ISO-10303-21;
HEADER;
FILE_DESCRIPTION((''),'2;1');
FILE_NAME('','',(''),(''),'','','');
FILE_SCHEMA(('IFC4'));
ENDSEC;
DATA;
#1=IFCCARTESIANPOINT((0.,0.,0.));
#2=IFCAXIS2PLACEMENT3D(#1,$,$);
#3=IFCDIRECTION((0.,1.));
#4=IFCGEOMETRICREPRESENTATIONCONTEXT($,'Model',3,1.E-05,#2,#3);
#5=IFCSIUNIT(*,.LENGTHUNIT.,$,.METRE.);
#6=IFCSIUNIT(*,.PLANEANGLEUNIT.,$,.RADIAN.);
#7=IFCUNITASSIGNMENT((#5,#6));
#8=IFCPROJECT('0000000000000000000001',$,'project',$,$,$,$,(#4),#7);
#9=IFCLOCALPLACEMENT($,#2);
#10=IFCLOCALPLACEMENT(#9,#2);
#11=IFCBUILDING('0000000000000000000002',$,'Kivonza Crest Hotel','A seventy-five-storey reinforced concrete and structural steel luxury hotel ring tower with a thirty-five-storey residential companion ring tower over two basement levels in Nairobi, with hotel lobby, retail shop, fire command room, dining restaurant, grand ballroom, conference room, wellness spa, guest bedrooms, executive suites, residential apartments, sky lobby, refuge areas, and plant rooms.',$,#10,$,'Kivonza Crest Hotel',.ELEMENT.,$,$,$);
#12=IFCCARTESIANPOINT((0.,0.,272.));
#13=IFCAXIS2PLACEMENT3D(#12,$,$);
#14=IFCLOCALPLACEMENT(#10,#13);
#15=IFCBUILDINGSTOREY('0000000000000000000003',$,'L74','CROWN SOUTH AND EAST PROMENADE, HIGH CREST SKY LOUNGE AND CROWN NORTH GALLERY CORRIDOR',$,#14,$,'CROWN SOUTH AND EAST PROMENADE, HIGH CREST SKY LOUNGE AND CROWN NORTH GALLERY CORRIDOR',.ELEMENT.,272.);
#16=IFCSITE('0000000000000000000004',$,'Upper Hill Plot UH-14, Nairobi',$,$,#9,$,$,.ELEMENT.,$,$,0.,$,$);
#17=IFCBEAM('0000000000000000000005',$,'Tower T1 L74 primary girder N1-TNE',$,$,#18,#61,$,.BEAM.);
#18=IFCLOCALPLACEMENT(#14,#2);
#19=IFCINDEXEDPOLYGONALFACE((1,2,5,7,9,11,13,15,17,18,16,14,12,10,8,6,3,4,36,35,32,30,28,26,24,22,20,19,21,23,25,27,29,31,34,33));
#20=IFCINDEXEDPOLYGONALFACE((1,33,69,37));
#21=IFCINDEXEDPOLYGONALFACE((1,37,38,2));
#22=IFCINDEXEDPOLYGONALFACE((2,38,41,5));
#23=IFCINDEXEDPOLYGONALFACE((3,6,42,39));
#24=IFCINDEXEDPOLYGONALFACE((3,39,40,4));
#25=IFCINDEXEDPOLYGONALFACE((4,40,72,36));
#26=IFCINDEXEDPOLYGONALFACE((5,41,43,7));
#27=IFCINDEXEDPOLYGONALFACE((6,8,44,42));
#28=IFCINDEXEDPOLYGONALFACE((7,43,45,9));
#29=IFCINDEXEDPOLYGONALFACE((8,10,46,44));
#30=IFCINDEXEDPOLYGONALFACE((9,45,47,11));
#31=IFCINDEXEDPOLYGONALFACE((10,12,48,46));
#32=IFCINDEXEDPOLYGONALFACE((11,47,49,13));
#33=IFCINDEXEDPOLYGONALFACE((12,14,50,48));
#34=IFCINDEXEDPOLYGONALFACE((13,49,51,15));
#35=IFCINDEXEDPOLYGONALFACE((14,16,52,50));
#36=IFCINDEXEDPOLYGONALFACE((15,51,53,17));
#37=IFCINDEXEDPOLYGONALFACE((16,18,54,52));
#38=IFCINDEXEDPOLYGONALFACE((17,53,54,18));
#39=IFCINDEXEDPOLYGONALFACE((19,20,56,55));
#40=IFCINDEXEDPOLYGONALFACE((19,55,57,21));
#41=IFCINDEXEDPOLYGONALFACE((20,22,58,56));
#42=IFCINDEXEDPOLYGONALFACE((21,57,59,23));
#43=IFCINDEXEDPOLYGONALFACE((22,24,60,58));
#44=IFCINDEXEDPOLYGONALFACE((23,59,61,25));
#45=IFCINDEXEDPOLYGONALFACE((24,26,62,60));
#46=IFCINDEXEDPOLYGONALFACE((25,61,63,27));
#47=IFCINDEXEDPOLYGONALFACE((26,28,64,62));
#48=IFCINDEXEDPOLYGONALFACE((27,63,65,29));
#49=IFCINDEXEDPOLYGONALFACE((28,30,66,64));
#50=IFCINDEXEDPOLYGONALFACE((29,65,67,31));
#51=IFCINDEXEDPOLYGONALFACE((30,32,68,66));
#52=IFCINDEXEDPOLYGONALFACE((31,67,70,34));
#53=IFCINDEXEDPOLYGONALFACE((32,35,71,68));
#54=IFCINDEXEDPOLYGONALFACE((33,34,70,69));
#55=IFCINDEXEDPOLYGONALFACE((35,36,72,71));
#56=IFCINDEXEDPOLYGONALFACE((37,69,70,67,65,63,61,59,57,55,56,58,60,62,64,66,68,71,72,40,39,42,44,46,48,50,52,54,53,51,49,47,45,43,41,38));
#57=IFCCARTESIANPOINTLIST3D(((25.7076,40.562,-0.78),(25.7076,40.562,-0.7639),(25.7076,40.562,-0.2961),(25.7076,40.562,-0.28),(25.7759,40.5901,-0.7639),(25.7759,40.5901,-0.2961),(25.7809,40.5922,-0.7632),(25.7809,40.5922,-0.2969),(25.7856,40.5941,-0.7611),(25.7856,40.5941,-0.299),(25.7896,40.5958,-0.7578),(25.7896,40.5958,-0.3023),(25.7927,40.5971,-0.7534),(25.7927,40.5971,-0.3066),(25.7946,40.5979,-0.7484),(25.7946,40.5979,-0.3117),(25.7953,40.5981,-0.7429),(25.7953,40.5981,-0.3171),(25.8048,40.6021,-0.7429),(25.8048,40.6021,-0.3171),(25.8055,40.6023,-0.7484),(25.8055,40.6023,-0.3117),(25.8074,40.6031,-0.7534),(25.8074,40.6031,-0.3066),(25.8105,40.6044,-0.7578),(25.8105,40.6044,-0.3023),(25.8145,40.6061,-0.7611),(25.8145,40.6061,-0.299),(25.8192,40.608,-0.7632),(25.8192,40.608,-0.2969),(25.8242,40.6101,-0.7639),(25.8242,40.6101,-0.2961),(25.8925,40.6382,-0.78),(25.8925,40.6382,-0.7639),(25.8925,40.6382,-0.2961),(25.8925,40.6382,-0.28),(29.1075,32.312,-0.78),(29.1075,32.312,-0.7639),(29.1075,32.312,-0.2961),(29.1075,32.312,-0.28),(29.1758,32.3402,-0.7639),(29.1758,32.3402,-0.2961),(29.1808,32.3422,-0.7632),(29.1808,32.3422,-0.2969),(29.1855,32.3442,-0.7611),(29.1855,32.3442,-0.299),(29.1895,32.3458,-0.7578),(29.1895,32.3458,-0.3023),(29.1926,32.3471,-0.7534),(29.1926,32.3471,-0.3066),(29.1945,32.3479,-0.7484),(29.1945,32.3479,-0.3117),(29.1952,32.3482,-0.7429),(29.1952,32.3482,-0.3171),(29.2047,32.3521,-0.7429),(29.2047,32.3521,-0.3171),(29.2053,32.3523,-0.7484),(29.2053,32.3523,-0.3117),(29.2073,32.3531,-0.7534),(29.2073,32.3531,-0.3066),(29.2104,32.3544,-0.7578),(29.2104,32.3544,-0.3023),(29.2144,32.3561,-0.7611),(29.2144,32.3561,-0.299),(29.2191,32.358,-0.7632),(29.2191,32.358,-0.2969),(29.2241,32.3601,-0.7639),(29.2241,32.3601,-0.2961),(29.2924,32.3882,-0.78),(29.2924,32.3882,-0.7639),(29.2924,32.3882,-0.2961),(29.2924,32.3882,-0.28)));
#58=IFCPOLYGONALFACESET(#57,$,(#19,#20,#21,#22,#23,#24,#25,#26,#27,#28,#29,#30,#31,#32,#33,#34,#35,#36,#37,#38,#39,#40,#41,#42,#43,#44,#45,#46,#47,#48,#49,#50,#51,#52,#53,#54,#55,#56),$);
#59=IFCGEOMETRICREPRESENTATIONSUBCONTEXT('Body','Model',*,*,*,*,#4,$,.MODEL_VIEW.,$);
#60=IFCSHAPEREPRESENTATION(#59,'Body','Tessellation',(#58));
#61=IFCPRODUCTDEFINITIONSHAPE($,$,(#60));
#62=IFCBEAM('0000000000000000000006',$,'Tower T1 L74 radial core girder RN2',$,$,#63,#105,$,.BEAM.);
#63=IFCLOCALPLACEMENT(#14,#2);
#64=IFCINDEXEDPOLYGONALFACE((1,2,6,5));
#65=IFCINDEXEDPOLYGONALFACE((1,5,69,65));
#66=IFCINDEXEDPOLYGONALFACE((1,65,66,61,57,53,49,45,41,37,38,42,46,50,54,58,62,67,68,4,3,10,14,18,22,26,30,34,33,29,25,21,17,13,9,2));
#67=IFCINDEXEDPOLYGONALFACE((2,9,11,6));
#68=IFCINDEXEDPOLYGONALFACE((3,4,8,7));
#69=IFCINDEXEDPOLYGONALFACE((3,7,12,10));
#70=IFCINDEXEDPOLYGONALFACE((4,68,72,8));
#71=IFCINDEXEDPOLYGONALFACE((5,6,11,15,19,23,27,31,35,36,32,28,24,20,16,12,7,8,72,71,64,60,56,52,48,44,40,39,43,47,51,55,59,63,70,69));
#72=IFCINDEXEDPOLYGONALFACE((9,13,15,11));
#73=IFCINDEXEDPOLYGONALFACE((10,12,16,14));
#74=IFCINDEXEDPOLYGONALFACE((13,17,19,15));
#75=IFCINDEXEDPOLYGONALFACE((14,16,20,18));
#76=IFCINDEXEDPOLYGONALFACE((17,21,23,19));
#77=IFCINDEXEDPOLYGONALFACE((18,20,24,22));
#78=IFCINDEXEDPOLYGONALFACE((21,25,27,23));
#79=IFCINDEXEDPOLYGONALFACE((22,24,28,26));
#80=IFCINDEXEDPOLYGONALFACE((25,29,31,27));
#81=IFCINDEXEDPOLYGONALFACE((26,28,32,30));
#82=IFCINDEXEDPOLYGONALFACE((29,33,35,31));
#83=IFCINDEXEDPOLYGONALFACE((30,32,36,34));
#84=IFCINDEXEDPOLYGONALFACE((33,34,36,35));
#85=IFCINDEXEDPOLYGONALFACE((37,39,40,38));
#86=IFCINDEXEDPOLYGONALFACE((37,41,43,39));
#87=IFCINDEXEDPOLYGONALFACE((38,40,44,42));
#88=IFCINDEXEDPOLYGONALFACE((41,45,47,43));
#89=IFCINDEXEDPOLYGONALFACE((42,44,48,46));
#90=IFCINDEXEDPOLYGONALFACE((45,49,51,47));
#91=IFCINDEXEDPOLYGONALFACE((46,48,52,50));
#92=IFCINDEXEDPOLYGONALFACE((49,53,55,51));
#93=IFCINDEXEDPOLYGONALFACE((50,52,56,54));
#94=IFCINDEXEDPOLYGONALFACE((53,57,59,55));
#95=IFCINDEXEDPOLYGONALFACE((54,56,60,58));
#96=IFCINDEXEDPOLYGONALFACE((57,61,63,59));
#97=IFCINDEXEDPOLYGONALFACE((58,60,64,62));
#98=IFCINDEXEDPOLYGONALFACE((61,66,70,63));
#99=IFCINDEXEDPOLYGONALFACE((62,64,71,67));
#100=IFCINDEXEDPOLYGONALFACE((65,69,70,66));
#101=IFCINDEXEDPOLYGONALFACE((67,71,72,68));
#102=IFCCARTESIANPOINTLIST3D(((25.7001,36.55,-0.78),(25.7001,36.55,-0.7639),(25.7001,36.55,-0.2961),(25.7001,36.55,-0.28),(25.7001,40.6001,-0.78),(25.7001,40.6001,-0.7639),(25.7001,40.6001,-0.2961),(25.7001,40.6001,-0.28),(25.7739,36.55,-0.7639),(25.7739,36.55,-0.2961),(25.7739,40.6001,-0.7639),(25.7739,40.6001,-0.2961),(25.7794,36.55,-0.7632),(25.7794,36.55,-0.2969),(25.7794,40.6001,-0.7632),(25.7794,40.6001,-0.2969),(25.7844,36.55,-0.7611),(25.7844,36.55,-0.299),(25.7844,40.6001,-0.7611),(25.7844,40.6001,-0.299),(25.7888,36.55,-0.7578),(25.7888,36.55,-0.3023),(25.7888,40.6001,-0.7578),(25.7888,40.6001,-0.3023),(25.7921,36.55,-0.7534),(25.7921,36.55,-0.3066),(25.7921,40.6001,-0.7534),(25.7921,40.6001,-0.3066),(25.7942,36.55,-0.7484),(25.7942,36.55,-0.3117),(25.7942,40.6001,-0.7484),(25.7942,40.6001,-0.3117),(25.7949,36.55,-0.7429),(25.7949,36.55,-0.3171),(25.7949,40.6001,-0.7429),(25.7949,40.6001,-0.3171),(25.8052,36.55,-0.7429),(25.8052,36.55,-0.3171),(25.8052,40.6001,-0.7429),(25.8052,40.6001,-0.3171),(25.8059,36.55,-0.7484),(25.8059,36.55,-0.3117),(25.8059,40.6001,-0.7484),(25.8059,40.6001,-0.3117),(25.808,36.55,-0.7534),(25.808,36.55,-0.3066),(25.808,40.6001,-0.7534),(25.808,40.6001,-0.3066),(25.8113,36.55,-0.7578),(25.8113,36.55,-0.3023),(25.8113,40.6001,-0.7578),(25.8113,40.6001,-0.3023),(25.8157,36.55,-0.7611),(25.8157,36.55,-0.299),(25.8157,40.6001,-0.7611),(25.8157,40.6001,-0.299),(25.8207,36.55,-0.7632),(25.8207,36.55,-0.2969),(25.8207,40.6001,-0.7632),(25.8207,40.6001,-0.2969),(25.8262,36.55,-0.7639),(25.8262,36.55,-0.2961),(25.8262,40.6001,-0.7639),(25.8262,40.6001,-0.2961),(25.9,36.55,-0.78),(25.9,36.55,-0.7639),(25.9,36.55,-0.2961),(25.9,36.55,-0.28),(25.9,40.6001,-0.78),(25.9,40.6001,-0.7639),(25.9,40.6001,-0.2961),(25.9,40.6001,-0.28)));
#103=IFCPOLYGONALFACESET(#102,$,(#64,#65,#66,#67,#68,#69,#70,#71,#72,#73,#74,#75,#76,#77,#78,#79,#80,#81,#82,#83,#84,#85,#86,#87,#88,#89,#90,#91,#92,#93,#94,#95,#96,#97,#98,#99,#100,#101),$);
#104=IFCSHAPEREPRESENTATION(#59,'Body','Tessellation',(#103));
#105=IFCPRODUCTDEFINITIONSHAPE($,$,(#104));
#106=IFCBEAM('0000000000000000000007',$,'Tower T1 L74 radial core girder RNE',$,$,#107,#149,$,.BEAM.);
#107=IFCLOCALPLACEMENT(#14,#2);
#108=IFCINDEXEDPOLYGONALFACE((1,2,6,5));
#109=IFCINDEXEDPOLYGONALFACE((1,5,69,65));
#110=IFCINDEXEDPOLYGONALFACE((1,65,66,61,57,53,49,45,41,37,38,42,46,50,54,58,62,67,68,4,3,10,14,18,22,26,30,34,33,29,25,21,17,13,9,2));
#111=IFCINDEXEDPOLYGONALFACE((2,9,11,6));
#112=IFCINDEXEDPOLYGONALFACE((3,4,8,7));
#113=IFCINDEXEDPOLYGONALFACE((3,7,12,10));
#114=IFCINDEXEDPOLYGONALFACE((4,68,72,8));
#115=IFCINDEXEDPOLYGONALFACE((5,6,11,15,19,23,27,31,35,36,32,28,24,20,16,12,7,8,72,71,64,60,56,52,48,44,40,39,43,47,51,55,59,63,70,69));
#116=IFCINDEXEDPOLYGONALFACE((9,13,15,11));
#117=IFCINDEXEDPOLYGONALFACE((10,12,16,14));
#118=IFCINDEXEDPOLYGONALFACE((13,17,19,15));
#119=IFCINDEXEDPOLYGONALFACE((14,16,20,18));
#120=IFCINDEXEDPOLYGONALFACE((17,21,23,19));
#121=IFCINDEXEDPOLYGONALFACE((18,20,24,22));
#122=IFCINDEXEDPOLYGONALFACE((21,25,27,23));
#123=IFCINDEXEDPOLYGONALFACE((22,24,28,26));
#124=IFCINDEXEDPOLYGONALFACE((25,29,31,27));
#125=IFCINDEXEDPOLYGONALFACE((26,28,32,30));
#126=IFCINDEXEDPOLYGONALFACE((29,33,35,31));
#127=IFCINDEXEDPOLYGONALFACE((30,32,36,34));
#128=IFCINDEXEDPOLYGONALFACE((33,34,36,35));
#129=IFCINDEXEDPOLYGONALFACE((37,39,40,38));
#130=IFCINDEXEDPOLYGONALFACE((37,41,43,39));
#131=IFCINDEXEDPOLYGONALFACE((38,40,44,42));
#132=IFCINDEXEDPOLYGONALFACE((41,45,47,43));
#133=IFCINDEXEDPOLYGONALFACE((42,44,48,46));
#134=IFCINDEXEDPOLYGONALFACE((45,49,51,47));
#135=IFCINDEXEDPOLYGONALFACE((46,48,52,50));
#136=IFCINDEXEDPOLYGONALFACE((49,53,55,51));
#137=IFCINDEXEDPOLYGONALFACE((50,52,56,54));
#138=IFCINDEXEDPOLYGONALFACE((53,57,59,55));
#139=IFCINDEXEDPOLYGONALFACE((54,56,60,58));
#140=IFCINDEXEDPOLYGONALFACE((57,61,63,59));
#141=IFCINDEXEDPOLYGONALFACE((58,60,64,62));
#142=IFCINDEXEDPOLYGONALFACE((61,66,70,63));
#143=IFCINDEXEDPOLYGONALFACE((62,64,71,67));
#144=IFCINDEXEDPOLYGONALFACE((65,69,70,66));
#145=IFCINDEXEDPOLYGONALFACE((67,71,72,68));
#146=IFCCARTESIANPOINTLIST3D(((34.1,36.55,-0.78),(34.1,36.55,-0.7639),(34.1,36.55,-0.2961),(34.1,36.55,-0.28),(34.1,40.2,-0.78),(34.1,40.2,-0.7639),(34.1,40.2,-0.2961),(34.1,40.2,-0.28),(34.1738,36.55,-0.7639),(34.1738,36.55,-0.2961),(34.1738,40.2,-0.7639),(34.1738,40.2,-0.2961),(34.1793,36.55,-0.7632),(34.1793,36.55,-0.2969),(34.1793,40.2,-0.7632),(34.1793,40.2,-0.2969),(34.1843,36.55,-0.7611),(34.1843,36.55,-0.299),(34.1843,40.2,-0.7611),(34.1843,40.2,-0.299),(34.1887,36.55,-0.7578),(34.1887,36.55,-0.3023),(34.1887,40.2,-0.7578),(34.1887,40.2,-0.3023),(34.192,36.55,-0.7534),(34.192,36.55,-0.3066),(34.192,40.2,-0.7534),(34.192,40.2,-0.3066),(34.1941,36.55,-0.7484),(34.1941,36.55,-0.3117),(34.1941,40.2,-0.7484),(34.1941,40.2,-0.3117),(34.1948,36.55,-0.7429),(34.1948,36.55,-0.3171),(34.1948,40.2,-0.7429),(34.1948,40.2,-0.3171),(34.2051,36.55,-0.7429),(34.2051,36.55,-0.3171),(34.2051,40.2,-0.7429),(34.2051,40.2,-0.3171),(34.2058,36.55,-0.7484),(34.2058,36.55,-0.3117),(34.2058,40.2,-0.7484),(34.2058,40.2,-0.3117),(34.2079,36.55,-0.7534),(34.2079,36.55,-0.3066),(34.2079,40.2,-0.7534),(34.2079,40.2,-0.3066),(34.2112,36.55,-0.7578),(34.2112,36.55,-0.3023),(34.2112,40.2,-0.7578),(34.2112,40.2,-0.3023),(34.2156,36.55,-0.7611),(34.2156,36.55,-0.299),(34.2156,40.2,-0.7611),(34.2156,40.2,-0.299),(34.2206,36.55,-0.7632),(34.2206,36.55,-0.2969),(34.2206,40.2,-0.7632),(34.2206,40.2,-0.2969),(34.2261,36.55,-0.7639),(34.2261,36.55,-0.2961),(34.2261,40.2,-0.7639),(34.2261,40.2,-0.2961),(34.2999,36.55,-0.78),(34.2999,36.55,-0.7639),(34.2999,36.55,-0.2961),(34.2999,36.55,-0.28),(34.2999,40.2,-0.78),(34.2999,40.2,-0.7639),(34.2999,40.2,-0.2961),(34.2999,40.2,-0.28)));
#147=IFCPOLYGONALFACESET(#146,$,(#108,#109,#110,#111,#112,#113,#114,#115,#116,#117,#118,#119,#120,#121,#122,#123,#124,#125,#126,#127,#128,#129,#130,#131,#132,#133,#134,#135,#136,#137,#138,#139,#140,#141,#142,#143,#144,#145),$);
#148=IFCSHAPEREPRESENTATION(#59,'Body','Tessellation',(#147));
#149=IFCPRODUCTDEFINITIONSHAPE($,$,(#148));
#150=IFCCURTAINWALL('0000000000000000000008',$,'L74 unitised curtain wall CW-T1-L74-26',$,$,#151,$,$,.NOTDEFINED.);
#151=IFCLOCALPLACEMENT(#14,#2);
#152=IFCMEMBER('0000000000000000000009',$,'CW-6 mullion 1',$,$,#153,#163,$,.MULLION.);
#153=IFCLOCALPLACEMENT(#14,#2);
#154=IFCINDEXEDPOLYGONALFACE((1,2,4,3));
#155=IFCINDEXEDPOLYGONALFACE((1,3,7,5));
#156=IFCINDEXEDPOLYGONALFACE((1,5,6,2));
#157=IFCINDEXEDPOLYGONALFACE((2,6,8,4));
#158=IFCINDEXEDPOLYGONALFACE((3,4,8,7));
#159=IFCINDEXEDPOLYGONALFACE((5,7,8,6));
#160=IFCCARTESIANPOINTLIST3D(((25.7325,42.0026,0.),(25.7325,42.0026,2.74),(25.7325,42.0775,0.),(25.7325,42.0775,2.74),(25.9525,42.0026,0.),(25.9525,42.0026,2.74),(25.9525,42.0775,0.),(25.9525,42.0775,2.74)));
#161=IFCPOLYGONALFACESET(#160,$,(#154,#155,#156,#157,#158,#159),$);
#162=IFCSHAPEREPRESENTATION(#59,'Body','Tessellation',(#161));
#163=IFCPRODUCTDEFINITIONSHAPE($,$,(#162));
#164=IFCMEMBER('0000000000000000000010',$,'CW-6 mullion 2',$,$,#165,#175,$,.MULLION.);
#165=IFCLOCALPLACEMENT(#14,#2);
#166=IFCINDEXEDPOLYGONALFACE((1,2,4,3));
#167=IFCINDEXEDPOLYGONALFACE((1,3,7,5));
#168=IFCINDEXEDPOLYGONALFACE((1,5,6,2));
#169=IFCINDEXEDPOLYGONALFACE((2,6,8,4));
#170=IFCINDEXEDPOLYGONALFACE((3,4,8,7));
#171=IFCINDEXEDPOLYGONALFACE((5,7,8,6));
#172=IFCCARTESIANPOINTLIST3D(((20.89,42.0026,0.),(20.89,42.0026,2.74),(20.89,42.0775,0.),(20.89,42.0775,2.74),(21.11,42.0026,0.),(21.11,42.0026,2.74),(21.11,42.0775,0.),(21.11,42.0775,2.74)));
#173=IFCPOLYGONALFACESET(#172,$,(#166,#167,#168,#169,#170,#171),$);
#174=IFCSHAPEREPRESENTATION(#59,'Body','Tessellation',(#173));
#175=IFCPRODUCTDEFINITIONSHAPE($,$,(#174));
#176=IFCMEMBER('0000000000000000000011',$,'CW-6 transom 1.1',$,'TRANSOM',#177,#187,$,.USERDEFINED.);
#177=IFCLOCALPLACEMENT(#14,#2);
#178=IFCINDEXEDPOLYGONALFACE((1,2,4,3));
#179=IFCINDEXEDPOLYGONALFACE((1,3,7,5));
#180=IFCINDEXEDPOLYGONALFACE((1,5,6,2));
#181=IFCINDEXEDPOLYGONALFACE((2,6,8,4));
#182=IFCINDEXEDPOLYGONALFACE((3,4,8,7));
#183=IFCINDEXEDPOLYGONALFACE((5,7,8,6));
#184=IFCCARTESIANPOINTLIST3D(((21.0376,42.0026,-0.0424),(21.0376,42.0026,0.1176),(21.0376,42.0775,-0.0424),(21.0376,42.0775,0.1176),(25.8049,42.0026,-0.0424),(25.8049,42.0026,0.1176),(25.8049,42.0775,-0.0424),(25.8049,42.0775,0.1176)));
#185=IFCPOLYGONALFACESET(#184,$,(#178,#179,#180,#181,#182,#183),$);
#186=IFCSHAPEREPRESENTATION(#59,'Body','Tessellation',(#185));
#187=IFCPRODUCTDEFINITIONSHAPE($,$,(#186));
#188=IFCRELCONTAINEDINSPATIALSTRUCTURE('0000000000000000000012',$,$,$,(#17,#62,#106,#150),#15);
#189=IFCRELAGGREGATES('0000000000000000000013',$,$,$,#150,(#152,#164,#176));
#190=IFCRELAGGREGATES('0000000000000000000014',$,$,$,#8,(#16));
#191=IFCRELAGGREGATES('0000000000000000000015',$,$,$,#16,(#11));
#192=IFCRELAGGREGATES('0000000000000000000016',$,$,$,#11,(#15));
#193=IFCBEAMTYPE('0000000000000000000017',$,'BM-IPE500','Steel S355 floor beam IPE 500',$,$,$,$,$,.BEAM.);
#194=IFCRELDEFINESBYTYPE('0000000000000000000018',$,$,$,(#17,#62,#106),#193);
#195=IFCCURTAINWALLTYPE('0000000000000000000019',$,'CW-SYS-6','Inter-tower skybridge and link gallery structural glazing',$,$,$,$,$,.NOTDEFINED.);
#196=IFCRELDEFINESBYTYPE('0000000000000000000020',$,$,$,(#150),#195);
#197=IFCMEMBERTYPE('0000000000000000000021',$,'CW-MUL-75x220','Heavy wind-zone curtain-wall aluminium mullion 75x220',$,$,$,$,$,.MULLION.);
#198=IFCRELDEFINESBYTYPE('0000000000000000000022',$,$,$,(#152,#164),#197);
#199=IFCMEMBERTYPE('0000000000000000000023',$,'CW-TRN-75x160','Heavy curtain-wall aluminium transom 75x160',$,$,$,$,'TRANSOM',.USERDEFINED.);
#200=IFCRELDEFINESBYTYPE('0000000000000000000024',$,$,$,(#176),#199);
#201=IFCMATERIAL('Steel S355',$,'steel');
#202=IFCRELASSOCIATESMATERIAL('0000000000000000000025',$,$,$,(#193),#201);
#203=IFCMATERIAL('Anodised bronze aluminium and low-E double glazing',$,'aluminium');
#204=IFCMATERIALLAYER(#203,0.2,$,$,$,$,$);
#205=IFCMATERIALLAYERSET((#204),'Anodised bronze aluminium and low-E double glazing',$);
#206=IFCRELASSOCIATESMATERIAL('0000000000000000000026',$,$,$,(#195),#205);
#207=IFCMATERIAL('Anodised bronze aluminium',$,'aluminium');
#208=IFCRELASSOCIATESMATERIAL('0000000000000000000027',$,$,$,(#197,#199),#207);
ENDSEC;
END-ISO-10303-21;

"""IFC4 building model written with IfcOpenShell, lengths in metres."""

from ifc_helpers import new_model, si_unit, direction, frame, origin, origin_2d, place, context, subcontext, project, spatial, rectangle, i_section, extrude, material, layer, layer_set, material_profile, profile_set, type_object, element, aggregate, save


model = new_model("IFC4")

# Units and contexts
model_context = context("Model", 3, precision=1e-05, world=origin(), true_north=direction((0.0, 1.0)))
body_context = subcontext(model_context, "Body", "Model", "MODEL_VIEW")
ifc_project = project(units=[si_unit("LENGTHUNIT", "METRE"), si_unit("PLANEANGLEUNIT", "RADIAN")], contexts=[model_context])

# Site, building, storey
site_placement = place(None, origin())
site = spatial("IfcSite", under=ifc_project, at=site_placement, Name="Upper Hill Plot UH-14, Nairobi", CompositionType="ELEMENT", RefElevation=0.0)
building_placement = place(site_placement, origin())
building = spatial("IfcBuilding", under=site, at=building_placement, Name="Kivonza Crest Hotel", Description="A seventy-five-storey reinforced concrete and structural steel luxury hotel ring tower with a thirty-five-storey residential companion ring tower over two basement levels in Nairobi, with hotel lobby, retail shop, fire command room, dining restaurant, grand ballroom, conference room, wellness spa, guest bedrooms, executive suites, residential apartments, sky lobby, refuge areas, and plant rooms.", LongName="Kivonza Crest Hotel", CompositionType="ELEMENT")
storey_placement = place(building_placement, frame((0.0, 0.0, 272.0)))
storey = spatial("IfcBuildingStorey", under=building, at=storey_placement, Name="L74", Description="CROWN SOUTH AND EAST PROMENADE, HIGH CREST SKY LOUNGE AND CROWN NORTH GALLERY CORRIDOR", LongName="CROWN SOUTH AND EAST PROMENADE, HIGH CREST SKY LOUNGE AND CROWN NORTH GALLERY CORRIDOR", CompositionType="ELEMENT", Elevation=272.0)

# Beams
ifc_material_1 = material(Name="Steel S355", Category="steel")
ifc_material_profile_1 = material_profile(ifc_material_1, i_section(OverallWidth=0.2, OverallDepth=0.5, WebThickness=0.0103, FlangeThickness=0.0161, FilletRadius=0.021, at=origin_2d()), Name="IPE 500")
ifc_profile_set_1 = profile_set([ifc_material_profile_1], Name="Steel S355")
beam_type_1 = type_object("IfcBeamType", Name="BM-IPE500", Description="Steel S355 floor beam IPE 500", PredefinedType="BEAM", material=ifc_profile_set_1)
beam_1_placement = place(storey_placement, frame((25.8, 40.6001, -0.53), z_axis=(0.381022, -0.924566, 0.0), x_axis=(0.924566, 0.381022, 0.0)))
element("IfcBeam", 1, at=beam_1_placement, inside=storey, type_object=beam_type_1, Name="Tower T1 L74 primary girder N1-TNE", PredefinedType="BEAM", context=body_context, shape_type="SweptSolid", body=[
    extrude(i_section(OverallWidth=0.2, OverallDepth=0.5, WebThickness=0.0103, FlangeThickness=0.0161, FilletRadius=0.021, at=origin_2d()), origin(), (0.0, 0.0, 1.0), 8.9231),
])
beam_2_placement = place(storey_placement, frame((25.8, 40.6001, -0.53), z_axis=(0.0, -1.0, 0.0), x_axis=(1.0, 0.0, 0.0)))
element("IfcBeam", 2, at=beam_2_placement, inside=storey, type_object=beam_type_1, Name="Tower T1 L74 radial core girder RN2", PredefinedType="BEAM", context=body_context, shape_type="SweptSolid", body=[
    extrude(i_section(OverallWidth=0.2, OverallDepth=0.5, WebThickness=0.0103, FlangeThickness=0.0161, FilletRadius=0.021, at=origin_2d()), origin(), (0.0, 0.0, 1.0), 4.05),
])
beam_3_placement = place(storey_placement, frame((34.2, 40.2, -0.53), z_axis=(0.0, -1.0, 0.0), x_axis=(1.0, 0.0, 0.0)))
element("IfcBeam", 3, at=beam_3_placement, inside=storey, type_object=beam_type_1, Name="Tower T1 L74 radial core girder RNE", PredefinedType="BEAM", context=body_context, shape_type="SweptSolid", body=[
    extrude(i_section(OverallWidth=0.2, OverallDepth=0.5, WebThickness=0.0103, FlangeThickness=0.0161, FilletRadius=0.021, at=origin_2d()), origin(), (0.0, 0.0, 1.0), 3.6499),
])

# Curtain wall, members
ifc_material_2 = material(Name="Anodised bronze aluminium and low-E double glazing", Category="aluminium")
ifc_layer_1 = layer(ifc_material_2, 0.2)
ifc_layer_set_1 = layer_set([ifc_layer_1], Name="Anodised bronze aluminium and low-E double glazing")
curtain_wall_type = type_object("IfcCurtainWallType", Name="CW-SYS-6", Description="Inter-tower skybridge and link gallery structural glazing", PredefinedType="NOTDEFINED", material=ifc_layer_set_1)
curtain_wall_placement = place(storey_placement, origin())
curtain_wall = element("IfcCurtainWall", 4, at=curtain_wall_placement, inside=storey, type_object=curtain_wall_type, Name="L74 unitised curtain wall CW-T1-L74-26", PredefinedType="NOTDEFINED")
ifc_material_3 = material(Name="Anodised bronze aluminium", Category="aluminium")
ifc_material_profile_2 = material_profile(ifc_material_3, rectangle(XDim=0.075, YDim=0.22, at=origin_2d()), Name="CW-M 75x220")
ifc_profile_set_2 = profile_set([ifc_material_profile_2], Name="Anodised bronze aluminium")
member_type_1 = type_object("IfcMemberType", Name="CW-MUL-75x220", Description="Heavy wind-zone curtain-wall aluminium mullion 75x220", PredefinedType="MULLION", material=ifc_profile_set_2)
member_1_placement = place(storey_placement, frame((25.8425, 42.04, 0.0), z_axis=(0.0, 0.0, 1.0), x_axis=(0.0, -1.0, 0.0)))
member_1 = element("IfcMember", 5, at=member_1_placement, type_object=member_type_1, Name="CW-6 mullion 1", PredefinedType="MULLION", context=body_context, shape_type="SweptSolid", body=[
    extrude(rectangle(XDim=0.075, YDim=0.22, at=origin_2d()), origin(), (0.0, 0.0, 1.0), 2.74),
])
member_2_placement = place(storey_placement, frame((21.0, 42.04, 0.0), z_axis=(0.0, 0.0, 1.0), x_axis=(0.0, -1.0, 0.0)))
member_2 = element("IfcMember", 6, at=member_2_placement, type_object=member_type_1, Name="CW-6 mullion 2", PredefinedType="MULLION", context=body_context, shape_type="SweptSolid", body=[
    extrude(rectangle(XDim=0.075, YDim=0.22, at=origin_2d()), origin(), (0.0, 0.0, 1.0), 2.74),
])
ifc_material_profile_3 = material_profile(ifc_material_3, rectangle(XDim=0.075, YDim=0.1599, at=origin_2d()), Name="CW-T 75x160")
ifc_profile_set_3 = profile_set([ifc_material_profile_3], Name="Anodised bronze aluminium")
member_type_2 = type_object("IfcMemberType", Name="CW-TRN-75x160", Description="Heavy curtain-wall aluminium transom 75x160", ElementType="TRANSOM", PredefinedType="USERDEFINED", material=ifc_profile_set_3)
member_3_placement = place(storey_placement, frame((25.8049, 42.04, 0.0376), z_axis=(-1.0, 0.0, 0.0), x_axis=(0.0, -1.0, 0.0)))
member_3 = element("IfcMember", 7, at=member_3_placement, type_object=member_type_2, Name="CW-6 transom 1.1", ObjectType="TRANSOM", PredefinedType="USERDEFINED", context=body_context, shape_type="SweptSolid", body=[
    extrude(rectangle(XDim=0.075, YDim=0.1599, at=origin_2d()), origin(), (0.0, 0.0, 1.0), 4.7673),
])
aggregate(curtain_wall, [member_1, member_2, member_3])

save(model, "model.ifc")
